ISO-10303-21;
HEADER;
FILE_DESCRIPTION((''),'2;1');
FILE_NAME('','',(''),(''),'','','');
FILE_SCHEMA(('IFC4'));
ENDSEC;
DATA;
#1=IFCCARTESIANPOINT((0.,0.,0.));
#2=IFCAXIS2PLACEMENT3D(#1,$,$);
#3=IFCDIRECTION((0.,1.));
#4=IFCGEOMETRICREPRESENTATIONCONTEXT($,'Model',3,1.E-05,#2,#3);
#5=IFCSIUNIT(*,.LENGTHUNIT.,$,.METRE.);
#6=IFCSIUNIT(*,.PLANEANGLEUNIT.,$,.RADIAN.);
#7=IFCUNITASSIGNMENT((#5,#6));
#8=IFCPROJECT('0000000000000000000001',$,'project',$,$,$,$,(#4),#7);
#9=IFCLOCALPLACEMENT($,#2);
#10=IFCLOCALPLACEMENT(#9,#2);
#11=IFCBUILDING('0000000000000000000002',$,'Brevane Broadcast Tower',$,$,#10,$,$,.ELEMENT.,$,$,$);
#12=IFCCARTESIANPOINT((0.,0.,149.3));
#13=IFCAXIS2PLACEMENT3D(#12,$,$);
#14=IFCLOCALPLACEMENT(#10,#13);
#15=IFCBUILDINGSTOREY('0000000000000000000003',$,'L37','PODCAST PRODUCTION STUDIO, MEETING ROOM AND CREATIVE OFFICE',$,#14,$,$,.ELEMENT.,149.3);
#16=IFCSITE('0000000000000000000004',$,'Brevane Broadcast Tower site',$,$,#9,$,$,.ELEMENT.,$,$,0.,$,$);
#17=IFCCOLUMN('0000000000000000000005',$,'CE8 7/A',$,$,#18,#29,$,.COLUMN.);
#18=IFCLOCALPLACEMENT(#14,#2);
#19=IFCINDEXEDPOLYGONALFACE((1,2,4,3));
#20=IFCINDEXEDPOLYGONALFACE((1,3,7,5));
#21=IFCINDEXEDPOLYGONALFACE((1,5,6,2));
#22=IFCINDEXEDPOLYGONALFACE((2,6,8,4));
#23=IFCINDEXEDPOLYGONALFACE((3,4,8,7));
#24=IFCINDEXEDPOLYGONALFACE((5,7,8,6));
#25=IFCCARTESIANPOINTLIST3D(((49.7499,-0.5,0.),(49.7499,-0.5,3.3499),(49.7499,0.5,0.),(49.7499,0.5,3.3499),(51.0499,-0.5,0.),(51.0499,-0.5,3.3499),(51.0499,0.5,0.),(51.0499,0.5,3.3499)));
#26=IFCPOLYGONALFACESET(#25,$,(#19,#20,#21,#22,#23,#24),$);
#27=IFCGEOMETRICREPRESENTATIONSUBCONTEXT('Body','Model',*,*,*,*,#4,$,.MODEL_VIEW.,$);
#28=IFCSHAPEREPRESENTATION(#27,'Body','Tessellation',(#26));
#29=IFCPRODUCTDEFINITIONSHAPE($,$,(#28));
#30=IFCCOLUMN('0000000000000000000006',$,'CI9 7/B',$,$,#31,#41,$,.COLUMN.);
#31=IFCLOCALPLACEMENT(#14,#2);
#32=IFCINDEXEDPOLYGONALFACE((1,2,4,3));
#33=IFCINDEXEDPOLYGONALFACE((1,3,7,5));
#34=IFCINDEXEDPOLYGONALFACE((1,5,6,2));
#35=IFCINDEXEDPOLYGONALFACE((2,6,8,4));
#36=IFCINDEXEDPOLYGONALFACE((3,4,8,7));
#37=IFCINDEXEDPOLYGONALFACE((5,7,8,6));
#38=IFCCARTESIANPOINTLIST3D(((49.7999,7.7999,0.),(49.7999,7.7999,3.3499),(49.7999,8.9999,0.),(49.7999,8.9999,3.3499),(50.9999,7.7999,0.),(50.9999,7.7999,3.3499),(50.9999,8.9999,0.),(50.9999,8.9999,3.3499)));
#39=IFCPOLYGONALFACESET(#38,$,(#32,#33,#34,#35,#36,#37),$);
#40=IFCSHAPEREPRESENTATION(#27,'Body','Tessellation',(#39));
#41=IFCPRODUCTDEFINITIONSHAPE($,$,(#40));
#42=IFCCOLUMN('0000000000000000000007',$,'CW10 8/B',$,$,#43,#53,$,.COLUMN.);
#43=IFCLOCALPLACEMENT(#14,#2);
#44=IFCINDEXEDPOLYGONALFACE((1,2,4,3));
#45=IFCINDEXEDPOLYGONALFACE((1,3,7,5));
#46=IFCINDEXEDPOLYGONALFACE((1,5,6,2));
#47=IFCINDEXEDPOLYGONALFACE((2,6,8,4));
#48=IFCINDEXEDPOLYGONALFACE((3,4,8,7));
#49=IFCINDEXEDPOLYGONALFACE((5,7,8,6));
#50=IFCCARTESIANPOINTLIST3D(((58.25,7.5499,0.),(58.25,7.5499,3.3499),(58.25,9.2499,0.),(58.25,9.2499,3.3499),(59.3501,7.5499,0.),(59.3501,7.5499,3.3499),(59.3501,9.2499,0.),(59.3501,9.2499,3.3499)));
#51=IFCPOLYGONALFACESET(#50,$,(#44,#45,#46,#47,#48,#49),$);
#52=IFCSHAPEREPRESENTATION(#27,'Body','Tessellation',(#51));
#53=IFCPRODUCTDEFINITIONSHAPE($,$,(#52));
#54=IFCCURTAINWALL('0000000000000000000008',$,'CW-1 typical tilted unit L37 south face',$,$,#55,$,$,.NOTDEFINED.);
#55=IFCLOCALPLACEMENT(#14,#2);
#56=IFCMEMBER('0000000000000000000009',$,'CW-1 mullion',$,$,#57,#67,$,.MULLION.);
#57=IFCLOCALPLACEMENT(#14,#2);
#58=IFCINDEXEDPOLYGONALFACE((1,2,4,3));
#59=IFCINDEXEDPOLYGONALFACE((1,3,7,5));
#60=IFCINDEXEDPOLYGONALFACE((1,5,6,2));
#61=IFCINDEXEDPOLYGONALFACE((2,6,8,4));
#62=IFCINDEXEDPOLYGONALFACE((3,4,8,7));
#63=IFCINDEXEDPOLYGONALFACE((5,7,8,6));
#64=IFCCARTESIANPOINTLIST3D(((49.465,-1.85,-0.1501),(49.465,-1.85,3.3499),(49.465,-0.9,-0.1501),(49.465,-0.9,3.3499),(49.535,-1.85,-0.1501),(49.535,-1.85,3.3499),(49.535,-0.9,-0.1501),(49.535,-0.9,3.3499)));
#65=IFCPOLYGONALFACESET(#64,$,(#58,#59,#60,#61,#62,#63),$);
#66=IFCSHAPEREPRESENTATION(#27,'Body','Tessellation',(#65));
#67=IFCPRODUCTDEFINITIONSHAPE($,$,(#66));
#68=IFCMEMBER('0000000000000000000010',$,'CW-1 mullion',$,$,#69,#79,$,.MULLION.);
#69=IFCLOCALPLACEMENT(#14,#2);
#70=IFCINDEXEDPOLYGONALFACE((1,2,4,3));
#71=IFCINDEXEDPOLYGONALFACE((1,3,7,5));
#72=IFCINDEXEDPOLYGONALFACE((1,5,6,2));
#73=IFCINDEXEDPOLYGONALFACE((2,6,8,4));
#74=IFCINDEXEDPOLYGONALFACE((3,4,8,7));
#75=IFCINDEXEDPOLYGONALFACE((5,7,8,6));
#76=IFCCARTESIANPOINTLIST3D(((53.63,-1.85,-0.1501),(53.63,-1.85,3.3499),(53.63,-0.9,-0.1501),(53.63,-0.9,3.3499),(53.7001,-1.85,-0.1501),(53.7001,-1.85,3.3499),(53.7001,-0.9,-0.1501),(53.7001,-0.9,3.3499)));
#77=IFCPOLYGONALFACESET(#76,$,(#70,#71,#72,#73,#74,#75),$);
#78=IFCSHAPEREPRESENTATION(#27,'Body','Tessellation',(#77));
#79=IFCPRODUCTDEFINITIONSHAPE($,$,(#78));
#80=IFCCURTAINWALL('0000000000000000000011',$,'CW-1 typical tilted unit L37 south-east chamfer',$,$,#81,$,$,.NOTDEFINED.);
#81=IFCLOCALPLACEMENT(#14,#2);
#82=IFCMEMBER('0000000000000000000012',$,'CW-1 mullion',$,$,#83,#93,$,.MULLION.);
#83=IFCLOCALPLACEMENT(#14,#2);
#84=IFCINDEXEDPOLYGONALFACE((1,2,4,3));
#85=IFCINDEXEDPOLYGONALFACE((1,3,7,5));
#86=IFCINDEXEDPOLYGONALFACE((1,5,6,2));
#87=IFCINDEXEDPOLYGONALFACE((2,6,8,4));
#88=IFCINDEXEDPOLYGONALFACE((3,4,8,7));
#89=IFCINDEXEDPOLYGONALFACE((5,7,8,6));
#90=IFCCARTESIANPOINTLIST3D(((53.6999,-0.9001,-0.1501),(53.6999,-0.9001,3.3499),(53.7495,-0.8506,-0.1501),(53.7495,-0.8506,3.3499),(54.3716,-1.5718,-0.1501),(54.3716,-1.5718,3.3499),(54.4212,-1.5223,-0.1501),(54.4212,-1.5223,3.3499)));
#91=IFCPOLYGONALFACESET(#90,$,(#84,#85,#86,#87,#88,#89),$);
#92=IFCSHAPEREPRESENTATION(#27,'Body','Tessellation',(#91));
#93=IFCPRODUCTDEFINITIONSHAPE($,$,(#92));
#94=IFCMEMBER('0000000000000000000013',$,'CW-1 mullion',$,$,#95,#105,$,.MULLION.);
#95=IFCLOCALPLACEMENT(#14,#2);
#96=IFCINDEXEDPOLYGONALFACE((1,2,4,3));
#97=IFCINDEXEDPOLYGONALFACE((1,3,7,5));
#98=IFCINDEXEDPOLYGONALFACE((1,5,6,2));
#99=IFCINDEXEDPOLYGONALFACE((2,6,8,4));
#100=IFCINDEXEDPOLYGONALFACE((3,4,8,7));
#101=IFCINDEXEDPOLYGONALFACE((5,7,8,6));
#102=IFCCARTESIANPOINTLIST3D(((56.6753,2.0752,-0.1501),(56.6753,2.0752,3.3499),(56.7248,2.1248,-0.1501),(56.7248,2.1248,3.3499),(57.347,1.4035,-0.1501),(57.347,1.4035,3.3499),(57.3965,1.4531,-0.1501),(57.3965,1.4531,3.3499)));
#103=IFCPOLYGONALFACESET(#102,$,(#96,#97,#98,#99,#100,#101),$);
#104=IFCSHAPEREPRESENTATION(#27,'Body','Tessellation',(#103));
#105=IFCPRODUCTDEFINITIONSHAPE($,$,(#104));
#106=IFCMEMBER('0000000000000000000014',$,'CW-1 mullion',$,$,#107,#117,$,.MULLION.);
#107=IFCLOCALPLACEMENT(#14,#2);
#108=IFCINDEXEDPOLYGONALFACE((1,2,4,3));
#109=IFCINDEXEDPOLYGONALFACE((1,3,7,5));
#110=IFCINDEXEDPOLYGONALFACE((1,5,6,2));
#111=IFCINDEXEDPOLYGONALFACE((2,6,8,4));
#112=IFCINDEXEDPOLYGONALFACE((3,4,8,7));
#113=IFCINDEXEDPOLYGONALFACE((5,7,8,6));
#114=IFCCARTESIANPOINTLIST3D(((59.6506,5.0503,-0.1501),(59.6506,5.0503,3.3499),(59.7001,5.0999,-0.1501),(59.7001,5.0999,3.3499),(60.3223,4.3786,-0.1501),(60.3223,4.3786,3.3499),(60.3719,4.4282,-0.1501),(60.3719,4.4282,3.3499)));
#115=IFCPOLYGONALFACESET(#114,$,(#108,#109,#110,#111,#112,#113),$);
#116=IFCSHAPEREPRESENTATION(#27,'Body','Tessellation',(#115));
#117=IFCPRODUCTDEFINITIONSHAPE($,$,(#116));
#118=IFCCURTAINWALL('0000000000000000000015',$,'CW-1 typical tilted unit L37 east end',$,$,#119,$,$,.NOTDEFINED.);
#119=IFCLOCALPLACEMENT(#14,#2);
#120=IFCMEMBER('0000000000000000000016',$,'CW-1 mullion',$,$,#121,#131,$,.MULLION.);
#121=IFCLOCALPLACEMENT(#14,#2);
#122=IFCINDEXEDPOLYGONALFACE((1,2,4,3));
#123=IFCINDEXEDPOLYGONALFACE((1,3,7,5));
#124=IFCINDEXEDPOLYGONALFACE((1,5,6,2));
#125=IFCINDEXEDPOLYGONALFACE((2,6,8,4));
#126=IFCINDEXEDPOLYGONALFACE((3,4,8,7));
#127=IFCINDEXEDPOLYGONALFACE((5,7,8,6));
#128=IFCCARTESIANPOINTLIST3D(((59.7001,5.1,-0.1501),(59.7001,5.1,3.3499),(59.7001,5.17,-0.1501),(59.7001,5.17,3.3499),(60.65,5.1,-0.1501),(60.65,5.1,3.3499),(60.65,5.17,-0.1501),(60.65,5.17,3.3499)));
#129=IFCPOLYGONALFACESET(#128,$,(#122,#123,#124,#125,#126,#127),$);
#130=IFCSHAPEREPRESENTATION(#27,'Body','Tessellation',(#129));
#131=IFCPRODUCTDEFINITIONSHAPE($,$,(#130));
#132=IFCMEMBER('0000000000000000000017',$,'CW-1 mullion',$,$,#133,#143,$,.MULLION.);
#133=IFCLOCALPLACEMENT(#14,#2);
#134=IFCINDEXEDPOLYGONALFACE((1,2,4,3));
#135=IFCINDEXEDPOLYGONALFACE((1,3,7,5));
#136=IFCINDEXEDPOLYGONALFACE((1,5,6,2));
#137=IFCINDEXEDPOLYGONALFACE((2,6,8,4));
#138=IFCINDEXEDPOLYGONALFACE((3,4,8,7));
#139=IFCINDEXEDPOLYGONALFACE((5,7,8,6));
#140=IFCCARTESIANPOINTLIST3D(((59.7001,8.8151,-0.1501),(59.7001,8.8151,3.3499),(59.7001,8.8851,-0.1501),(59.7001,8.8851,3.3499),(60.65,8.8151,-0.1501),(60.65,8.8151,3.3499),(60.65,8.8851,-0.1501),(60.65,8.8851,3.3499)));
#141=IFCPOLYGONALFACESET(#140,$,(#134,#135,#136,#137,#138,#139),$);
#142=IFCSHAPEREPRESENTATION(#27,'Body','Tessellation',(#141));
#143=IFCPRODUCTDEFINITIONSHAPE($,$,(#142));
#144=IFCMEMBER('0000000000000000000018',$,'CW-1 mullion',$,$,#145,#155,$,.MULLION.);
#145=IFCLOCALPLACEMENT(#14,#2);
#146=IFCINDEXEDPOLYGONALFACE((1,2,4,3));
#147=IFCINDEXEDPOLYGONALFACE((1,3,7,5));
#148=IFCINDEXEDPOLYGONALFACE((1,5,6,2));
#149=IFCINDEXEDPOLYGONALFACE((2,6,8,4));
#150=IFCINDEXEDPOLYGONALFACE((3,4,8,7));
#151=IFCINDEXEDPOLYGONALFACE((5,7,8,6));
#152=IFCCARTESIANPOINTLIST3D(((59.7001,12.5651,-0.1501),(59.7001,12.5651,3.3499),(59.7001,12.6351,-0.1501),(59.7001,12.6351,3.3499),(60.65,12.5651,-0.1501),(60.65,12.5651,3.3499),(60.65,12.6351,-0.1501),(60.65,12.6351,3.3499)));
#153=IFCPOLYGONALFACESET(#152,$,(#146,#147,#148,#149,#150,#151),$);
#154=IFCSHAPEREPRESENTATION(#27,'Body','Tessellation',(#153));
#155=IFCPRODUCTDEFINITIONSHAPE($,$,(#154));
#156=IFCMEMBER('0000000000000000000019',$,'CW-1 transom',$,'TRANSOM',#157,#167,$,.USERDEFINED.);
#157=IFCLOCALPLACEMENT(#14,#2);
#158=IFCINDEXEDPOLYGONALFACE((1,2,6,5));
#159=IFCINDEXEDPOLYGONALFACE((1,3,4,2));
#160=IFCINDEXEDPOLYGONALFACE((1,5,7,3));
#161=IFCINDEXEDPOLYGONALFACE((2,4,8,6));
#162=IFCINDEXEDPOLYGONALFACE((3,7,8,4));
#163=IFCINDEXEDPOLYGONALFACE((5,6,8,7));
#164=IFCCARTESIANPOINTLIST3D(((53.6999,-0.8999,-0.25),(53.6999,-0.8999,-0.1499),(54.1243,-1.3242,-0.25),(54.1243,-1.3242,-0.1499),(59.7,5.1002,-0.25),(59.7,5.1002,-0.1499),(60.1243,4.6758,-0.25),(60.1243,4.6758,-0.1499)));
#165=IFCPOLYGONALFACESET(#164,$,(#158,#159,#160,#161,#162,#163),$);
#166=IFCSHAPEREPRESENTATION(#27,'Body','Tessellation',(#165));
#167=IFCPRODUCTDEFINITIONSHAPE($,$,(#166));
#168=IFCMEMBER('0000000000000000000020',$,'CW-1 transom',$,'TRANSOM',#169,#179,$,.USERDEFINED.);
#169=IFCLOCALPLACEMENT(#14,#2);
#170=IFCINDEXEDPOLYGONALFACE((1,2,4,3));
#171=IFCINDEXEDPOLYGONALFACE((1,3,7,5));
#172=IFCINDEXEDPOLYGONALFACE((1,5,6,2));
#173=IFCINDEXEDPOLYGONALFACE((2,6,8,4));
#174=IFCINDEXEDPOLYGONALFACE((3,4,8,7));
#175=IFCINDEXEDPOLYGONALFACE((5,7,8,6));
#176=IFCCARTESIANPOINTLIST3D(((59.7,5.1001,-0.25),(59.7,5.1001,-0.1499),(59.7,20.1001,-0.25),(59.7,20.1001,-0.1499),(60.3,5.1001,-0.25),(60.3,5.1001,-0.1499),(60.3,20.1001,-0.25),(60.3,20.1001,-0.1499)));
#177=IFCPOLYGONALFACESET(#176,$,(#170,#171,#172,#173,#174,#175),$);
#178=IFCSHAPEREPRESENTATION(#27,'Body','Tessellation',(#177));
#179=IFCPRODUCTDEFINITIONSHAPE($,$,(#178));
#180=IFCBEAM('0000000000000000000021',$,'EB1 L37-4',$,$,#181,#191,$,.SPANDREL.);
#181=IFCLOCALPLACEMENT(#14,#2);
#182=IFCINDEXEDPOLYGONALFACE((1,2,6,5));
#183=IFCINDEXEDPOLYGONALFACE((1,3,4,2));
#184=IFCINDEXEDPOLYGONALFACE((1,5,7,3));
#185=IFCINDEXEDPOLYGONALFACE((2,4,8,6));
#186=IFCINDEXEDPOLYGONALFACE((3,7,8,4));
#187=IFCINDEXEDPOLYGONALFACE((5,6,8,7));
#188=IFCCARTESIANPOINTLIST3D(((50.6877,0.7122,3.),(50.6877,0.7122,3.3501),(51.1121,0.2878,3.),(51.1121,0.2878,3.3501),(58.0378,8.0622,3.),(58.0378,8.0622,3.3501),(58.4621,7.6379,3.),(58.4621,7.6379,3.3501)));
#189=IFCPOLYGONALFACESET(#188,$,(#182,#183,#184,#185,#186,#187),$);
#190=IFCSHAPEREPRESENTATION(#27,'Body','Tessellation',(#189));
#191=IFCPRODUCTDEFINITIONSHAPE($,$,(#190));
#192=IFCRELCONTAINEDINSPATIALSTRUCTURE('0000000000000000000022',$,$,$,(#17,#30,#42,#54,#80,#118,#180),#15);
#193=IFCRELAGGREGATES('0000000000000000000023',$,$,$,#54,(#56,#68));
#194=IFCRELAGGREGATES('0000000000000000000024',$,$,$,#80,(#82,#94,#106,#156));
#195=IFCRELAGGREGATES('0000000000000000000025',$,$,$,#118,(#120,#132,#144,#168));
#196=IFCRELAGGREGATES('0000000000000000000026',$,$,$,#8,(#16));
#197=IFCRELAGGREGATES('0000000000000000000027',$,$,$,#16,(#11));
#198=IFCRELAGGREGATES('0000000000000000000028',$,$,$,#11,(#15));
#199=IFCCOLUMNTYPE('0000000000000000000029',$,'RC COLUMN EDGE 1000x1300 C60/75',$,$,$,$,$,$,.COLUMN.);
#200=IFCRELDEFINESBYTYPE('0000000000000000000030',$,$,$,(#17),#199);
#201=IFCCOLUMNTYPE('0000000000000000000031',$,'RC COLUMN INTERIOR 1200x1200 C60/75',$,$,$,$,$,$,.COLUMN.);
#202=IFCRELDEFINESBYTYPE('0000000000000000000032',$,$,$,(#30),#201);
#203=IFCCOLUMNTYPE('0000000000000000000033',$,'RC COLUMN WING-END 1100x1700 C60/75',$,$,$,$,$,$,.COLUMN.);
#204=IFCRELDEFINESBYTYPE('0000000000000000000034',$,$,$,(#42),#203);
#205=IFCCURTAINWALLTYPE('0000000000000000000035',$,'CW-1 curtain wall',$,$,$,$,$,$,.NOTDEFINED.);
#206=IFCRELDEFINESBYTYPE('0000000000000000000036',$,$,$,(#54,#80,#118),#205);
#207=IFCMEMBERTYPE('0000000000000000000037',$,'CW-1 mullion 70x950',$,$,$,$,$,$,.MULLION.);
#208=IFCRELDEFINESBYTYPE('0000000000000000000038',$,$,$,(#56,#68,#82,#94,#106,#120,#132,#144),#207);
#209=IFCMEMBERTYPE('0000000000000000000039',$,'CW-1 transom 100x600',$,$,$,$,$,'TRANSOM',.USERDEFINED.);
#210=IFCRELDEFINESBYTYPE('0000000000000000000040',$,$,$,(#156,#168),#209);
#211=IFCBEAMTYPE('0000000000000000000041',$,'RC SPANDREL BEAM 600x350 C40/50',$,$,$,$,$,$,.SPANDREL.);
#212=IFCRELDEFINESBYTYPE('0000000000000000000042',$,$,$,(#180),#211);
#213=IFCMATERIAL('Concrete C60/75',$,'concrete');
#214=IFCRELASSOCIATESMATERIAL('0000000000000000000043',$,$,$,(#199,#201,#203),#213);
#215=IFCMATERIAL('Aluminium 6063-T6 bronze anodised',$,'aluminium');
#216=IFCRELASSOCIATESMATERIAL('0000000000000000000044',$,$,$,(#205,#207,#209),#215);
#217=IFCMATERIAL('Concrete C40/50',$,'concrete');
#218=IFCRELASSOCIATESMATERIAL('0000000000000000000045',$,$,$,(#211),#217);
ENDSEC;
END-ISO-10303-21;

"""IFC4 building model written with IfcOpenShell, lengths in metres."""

from ifc_helpers import new_model, si_unit, direction, frame, origin, origin_2d, place, context, subcontext, project, spatial, rectangle, extrude, material, material_profile, profile_set, type_object, element, aggregate, save


model = new_model("IFC4")

# Units and contexts
model_context = context("Model", 3, precision=1e-05, world=origin(), true_north=direction((0.0, 1.0)))
body_context = subcontext(model_context, "Body", "Model", "MODEL_VIEW")
ifc_project = project(units=[si_unit("LENGTHUNIT", "METRE"), si_unit("PLANEANGLEUNIT", "RADIAN")], contexts=[model_context])

# Site, building, storey
site_placement = place(None, origin())
site = spatial("IfcSite", under=ifc_project, at=site_placement, Name="Brevane Broadcast Tower site", CompositionType="ELEMENT", RefElevation=0.0)
building_placement = place(site_placement, origin())
building = spatial("IfcBuilding", under=site, at=building_placement, Name="Brevane Broadcast Tower", CompositionType="ELEMENT")
storey_placement = place(building_placement, frame((0.0, 0.0, 149.3)))
storey = spatial("IfcBuildingStorey", under=building, at=storey_placement, Name="L37", Description="PODCAST PRODUCTION STUDIO, MEETING ROOM AND CREATIVE OFFICE", CompositionType="ELEMENT", Elevation=149.3)

# Columns
ifc_material_1 = material(Name="Concrete C60/75", Category="concrete")
ifc_material_profile_1 = material_profile(ifc_material_1, rectangle(XDim=1.0, YDim=1.3, at=origin_2d()), Name="RC 1000x1300")
ifc_profile_set_1 = profile_set([ifc_material_profile_1], Name="Concrete C60/75")
column_type_1 = type_object("IfcColumnType", Name="RC COLUMN EDGE 1000x1300 C60/75", PredefinedType="COLUMN", material=ifc_profile_set_1)
column_1_placement = place(storey_placement, frame((50.3999, 0.0, 0.0), z_axis=(0.0, 0.0, 1.0), x_axis=(0.0, 1.0, 0.0)))
element("IfcColumn", 1, at=column_1_placement, inside=storey, type_object=column_type_1, Name="CE8 7/A", PredefinedType="COLUMN", context=body_context, shape_type="SweptSolid", body=[
    extrude(rectangle(XDim=1.0, YDim=1.3, at=origin_2d()), origin(), (0.0, 0.0, 1.0), 3.3499),
])
ifc_material_profile_2 = material_profile(ifc_material_1, rectangle(XDim=1.2, YDim=1.2, at=origin_2d()), Name="RC 1200x1200")
ifc_profile_set_2 = profile_set([ifc_material_profile_2], Name="Concrete C60/75")
column_type_2 = type_object("IfcColumnType", Name="RC COLUMN INTERIOR 1200x1200 C60/75", PredefinedType="COLUMN", material=ifc_profile_set_2)
column_2_placement = place(storey_placement, frame((50.3999, 8.3999, 0.0), z_axis=(0.0, 0.0, 1.0), x_axis=(1.0, 0.0, 0.0)))
element("IfcColumn", 2, at=column_2_placement, inside=storey, type_object=column_type_2, Name="CI9 7/B", PredefinedType="COLUMN", context=body_context, shape_type="SweptSolid", body=[
    extrude(rectangle(XDim=1.2, YDim=1.2, at=origin_2d()), origin(), (0.0, 0.0, 1.0), 3.3499),
])
ifc_material_profile_3 = material_profile(ifc_material_1, rectangle(XDim=1.1001, YDim=1.7, at=origin_2d()), Name="RC 1100x1700")
ifc_profile_set_3 = profile_set([ifc_material_profile_3], Name="Concrete C60/75")
column_type_3 = type_object("IfcColumnType", Name="RC COLUMN WING-END 1100x1700 C60/75", PredefinedType="COLUMN", material=ifc_profile_set_3)
column_3_placement = place(storey_placement, frame((58.8, 8.3999, 0.0), z_axis=(0.0, 0.0, 1.0), x_axis=(1.0, 0.0, 0.0)))
element("IfcColumn", 3, at=column_3_placement, inside=storey, type_object=column_type_3, Name="CW10 8/B", PredefinedType="COLUMN", context=body_context, shape_type="SweptSolid", body=[
    extrude(rectangle(XDim=1.1001, YDim=1.7, at=origin_2d()), origin(), (0.0, 0.0, 1.0), 3.3499),
])

# Curtain walls, members
ifc_material_2 = material(Name="Aluminium 6063-T6 bronze anodised", Category="aluminium")
curtain_wall_type = type_object("IfcCurtainWallType", Name="CW-1 curtain wall", PredefinedType="NOTDEFINED", material=ifc_material_2)
curtain_wall_1_placement = place(storey_placement, origin())
curtain_wall_1 = element("IfcCurtainWall", 4, at=curtain_wall_1_placement, inside=storey, type_object=curtain_wall_type, Name="CW-1 typical tilted unit L37 south face", PredefinedType="NOTDEFINED")
ifc_material_profile_4 = material_profile(ifc_material_2, rectangle(XDim=0.95, YDim=0.0701, at=origin_2d()), Name="RECT 70x950")
ifc_profile_set_4 = profile_set([ifc_material_profile_4], Name="Aluminium 6063-T6 bronze anodised")
member_type_1 = type_object("IfcMemberType", Name="CW-1 mullion 70x950", PredefinedType="MULLION", material=ifc_profile_set_4)
member_1_placement = place(storey_placement, frame((49.5, -1.375, -0.1501), z_axis=(0.0, 0.0, 1.0), x_axis=(0.0, 1.0, 0.0)))
member_1 = element("IfcMember", 5, at=member_1_placement, type_object=member_type_1, Name="CW-1 mullion", PredefinedType="MULLION", context=body_context, shape_type="SweptSolid", body=[
    extrude(rectangle(XDim=0.95, YDim=0.0701, at=origin_2d()), origin(), (0.0, 0.0, 1.0), 3.5),
])
member_2_placement = place(storey_placement, frame((53.665, -1.375, -0.1501), z_axis=(0.0, 0.0, 1.0), x_axis=(0.0, 1.0, 0.0)))
member_2 = element("IfcMember", 6, at=member_2_placement, type_object=member_type_1, Name="CW-1 mullion", PredefinedType="MULLION", context=body_context, shape_type="SweptSolid", body=[
    extrude(rectangle(XDim=0.95, YDim=0.0701, at=origin_2d()), origin(), (0.0, 0.0, 1.0), 3.5),
])
aggregate(curtain_wall_1, [member_1, member_2])
curtain_wall_2_placement = place(storey_placement, origin())
curtain_wall_2 = element("IfcCurtainWall", 7, at=curtain_wall_2_placement, inside=storey, type_object=curtain_wall_type, Name="CW-1 typical tilted unit L37 south-east chamfer", PredefinedType="NOTDEFINED")
member_3_placement = place(storey_placement, frame((54.0605, -1.2112, -0.1501), z_axis=(0.0, 0.0, 1.0), x_axis=(-0.707107, 0.707107, 0.0)))
member_3 = element("IfcMember", 8, at=member_3_placement, type_object=member_type_1, Name="CW-1 mullion", PredefinedType="MULLION", context=body_context, shape_type="SweptSolid", body=[
    extrude(rectangle(XDim=0.95, YDim=0.0701, at=origin_2d()), origin(), (0.0, 0.0, 1.0), 3.5),
])
member_4_placement = place(storey_placement, frame((57.0359, 1.7642, -0.1501), z_axis=(0.0, 0.0, 1.0), x_axis=(-0.707107, 0.707107, 0.0)))
member_4 = element("IfcMember", 9, at=member_4_placement, type_object=member_type_1, Name="CW-1 mullion", PredefinedType="MULLION", context=body_context, shape_type="SweptSolid", body=[
    extrude(rectangle(XDim=0.95, YDim=0.0701, at=origin_2d()), origin(), (0.0, 0.0, 1.0), 3.5),
])
member_5_placement = place(storey_placement, frame((60.0112, 4.7393, -0.1501), z_axis=(0.0, 0.0, 1.0), x_axis=(-0.707107, 0.707107, 0.0)))
member_5 = element("IfcMember", 10, at=member_5_placement, type_object=member_type_1, Name="CW-1 mullion", PredefinedType="MULLION", context=body_context, shape_type="SweptSolid", body=[
    extrude(rectangle(XDim=0.95, YDim=0.0701, at=origin_2d()), origin(), (0.0, 0.0, 1.0), 3.5),
])
curtain_wall_3_placement = place(storey_placement, origin())
curtain_wall_3 = element("IfcCurtainWall", 11, at=curtain_wall_3_placement, inside=storey, type_object=curtain_wall_type, Name="CW-1 typical tilted unit L37 east end", PredefinedType="NOTDEFINED")
member_6_placement = place(storey_placement, frame((60.175, 5.135, -0.1501), z_axis=(0.0, 0.0, 1.0), x_axis=(-1.0, 0.0, 0.0)))
member_6 = element("IfcMember", 12, at=member_6_placement, type_object=member_type_1, Name="CW-1 mullion", PredefinedType="MULLION", context=body_context, shape_type="SweptSolid", body=[
    extrude(rectangle(XDim=0.95, YDim=0.0701, at=origin_2d()), origin(), (0.0, 0.0, 1.0), 3.5),
])
member_7_placement = place(storey_placement, frame((60.175, 8.8501, -0.1501), z_axis=(0.0, 0.0, 1.0), x_axis=(-1.0, 0.0, 0.0)))
member_7 = element("IfcMember", 13, at=member_7_placement, type_object=member_type_1, Name="CW-1 mullion", PredefinedType="MULLION", context=body_context, shape_type="SweptSolid", body=[
    extrude(rectangle(XDim=0.95, YDim=0.0701, at=origin_2d()), origin(), (0.0, 0.0, 1.0), 3.5),
])
member_8_placement = place(storey_placement, frame((60.175, 12.6001, -0.1501), z_axis=(0.0, 0.0, 1.0), x_axis=(-1.0, 0.0, 0.0)))
member_8 = element("IfcMember", 14, at=member_8_placement, type_object=member_type_1, Name="CW-1 mullion", PredefinedType="MULLION", context=body_context, shape_type="SweptSolid", body=[
    extrude(rectangle(XDim=0.95, YDim=0.0701, at=origin_2d()), origin(), (0.0, 0.0, 1.0), 3.5),
])

# Members
ifc_material_profile_5 = material_profile(ifc_material_2, rectangle(XDim=0.6001, YDim=0.1001, at=origin_2d()), Name="RECT 100x600")
ifc_profile_set_5 = profile_set([ifc_material_profile_5], Name="Aluminium 6063-T6 bronze anodised")
member_type_2 = type_object("IfcMemberType", Name="CW-1 transom 100x600", ElementType="TRANSOM", PredefinedType="USERDEFINED", material=ifc_profile_set_5)
member_9_placement = place(storey_placement, frame((53.9121, -1.1121, -0.2), z_axis=(0.707107, 0.707107, 0.0), x_axis=(-0.707107, 0.707107, 0.0)))
member_9 = element("IfcMember", 15, at=member_9_placement, type_object=member_type_2, Name="CW-1 transom", ObjectType="TRANSOM", PredefinedType="USERDEFINED", context=body_context, shape_type="SweptSolid", body=[
    extrude(rectangle(XDim=0.6001, YDim=0.1001, at=origin_2d()), origin(), (0.0, 0.0, 1.0), 8.4854),
])
aggregate(curtain_wall_2, [member_3, member_4, member_5, member_9])
member_10_placement = place(storey_placement, frame((60.0, 5.1001, -0.2), z_axis=(0.0, 1.0, 0.0), x_axis=(-1.0, 0.0, 0.0)))
member_10 = element("IfcMember", 16, at=member_10_placement, type_object=member_type_2, Name="CW-1 transom", ObjectType="TRANSOM", PredefinedType="USERDEFINED", context=body_context, shape_type="SweptSolid", body=[
    extrude(rectangle(XDim=0.6001, YDim=0.1001, at=origin_2d()), origin(), (0.0, 0.0, 1.0), 15.0),
])
aggregate(curtain_wall_3, [member_6, member_7, member_8, member_10])

# Beam
ifc_material_3 = material(Name="Concrete C40/50", Category="concrete")
ifc_material_profile_6 = material_profile(ifc_material_3, rectangle(XDim=0.6001, YDim=0.3501, at=origin_2d()), Name="RC 600x350")
ifc_profile_set_6 = profile_set([ifc_material_profile_6], Name="Concrete C40/50")
beam_type = type_object("IfcBeamType", Name="RC SPANDREL BEAM 600x350 C40/50", PredefinedType="SPANDREL", material=ifc_profile_set_6)
beam_1_placement = place(storey_placement, frame((50.8999, 0.5, 3.175), z_axis=(0.707107, 0.707107, 0.0), x_axis=(-0.707107, 0.707107, 0.0)))
element("IfcBeam", 17, at=beam_1_placement, inside=storey, type_object=beam_type, Name="EB1 L37-4", PredefinedType="SPANDREL", context=body_context, shape_type="SweptSolid", body=[
    extrude(rectangle(XDim=0.6001, YDim=0.3501, at=origin_2d()), origin(), (0.0, 0.0, 1.0), 10.3945),
])

save(model, "model.ifc")
